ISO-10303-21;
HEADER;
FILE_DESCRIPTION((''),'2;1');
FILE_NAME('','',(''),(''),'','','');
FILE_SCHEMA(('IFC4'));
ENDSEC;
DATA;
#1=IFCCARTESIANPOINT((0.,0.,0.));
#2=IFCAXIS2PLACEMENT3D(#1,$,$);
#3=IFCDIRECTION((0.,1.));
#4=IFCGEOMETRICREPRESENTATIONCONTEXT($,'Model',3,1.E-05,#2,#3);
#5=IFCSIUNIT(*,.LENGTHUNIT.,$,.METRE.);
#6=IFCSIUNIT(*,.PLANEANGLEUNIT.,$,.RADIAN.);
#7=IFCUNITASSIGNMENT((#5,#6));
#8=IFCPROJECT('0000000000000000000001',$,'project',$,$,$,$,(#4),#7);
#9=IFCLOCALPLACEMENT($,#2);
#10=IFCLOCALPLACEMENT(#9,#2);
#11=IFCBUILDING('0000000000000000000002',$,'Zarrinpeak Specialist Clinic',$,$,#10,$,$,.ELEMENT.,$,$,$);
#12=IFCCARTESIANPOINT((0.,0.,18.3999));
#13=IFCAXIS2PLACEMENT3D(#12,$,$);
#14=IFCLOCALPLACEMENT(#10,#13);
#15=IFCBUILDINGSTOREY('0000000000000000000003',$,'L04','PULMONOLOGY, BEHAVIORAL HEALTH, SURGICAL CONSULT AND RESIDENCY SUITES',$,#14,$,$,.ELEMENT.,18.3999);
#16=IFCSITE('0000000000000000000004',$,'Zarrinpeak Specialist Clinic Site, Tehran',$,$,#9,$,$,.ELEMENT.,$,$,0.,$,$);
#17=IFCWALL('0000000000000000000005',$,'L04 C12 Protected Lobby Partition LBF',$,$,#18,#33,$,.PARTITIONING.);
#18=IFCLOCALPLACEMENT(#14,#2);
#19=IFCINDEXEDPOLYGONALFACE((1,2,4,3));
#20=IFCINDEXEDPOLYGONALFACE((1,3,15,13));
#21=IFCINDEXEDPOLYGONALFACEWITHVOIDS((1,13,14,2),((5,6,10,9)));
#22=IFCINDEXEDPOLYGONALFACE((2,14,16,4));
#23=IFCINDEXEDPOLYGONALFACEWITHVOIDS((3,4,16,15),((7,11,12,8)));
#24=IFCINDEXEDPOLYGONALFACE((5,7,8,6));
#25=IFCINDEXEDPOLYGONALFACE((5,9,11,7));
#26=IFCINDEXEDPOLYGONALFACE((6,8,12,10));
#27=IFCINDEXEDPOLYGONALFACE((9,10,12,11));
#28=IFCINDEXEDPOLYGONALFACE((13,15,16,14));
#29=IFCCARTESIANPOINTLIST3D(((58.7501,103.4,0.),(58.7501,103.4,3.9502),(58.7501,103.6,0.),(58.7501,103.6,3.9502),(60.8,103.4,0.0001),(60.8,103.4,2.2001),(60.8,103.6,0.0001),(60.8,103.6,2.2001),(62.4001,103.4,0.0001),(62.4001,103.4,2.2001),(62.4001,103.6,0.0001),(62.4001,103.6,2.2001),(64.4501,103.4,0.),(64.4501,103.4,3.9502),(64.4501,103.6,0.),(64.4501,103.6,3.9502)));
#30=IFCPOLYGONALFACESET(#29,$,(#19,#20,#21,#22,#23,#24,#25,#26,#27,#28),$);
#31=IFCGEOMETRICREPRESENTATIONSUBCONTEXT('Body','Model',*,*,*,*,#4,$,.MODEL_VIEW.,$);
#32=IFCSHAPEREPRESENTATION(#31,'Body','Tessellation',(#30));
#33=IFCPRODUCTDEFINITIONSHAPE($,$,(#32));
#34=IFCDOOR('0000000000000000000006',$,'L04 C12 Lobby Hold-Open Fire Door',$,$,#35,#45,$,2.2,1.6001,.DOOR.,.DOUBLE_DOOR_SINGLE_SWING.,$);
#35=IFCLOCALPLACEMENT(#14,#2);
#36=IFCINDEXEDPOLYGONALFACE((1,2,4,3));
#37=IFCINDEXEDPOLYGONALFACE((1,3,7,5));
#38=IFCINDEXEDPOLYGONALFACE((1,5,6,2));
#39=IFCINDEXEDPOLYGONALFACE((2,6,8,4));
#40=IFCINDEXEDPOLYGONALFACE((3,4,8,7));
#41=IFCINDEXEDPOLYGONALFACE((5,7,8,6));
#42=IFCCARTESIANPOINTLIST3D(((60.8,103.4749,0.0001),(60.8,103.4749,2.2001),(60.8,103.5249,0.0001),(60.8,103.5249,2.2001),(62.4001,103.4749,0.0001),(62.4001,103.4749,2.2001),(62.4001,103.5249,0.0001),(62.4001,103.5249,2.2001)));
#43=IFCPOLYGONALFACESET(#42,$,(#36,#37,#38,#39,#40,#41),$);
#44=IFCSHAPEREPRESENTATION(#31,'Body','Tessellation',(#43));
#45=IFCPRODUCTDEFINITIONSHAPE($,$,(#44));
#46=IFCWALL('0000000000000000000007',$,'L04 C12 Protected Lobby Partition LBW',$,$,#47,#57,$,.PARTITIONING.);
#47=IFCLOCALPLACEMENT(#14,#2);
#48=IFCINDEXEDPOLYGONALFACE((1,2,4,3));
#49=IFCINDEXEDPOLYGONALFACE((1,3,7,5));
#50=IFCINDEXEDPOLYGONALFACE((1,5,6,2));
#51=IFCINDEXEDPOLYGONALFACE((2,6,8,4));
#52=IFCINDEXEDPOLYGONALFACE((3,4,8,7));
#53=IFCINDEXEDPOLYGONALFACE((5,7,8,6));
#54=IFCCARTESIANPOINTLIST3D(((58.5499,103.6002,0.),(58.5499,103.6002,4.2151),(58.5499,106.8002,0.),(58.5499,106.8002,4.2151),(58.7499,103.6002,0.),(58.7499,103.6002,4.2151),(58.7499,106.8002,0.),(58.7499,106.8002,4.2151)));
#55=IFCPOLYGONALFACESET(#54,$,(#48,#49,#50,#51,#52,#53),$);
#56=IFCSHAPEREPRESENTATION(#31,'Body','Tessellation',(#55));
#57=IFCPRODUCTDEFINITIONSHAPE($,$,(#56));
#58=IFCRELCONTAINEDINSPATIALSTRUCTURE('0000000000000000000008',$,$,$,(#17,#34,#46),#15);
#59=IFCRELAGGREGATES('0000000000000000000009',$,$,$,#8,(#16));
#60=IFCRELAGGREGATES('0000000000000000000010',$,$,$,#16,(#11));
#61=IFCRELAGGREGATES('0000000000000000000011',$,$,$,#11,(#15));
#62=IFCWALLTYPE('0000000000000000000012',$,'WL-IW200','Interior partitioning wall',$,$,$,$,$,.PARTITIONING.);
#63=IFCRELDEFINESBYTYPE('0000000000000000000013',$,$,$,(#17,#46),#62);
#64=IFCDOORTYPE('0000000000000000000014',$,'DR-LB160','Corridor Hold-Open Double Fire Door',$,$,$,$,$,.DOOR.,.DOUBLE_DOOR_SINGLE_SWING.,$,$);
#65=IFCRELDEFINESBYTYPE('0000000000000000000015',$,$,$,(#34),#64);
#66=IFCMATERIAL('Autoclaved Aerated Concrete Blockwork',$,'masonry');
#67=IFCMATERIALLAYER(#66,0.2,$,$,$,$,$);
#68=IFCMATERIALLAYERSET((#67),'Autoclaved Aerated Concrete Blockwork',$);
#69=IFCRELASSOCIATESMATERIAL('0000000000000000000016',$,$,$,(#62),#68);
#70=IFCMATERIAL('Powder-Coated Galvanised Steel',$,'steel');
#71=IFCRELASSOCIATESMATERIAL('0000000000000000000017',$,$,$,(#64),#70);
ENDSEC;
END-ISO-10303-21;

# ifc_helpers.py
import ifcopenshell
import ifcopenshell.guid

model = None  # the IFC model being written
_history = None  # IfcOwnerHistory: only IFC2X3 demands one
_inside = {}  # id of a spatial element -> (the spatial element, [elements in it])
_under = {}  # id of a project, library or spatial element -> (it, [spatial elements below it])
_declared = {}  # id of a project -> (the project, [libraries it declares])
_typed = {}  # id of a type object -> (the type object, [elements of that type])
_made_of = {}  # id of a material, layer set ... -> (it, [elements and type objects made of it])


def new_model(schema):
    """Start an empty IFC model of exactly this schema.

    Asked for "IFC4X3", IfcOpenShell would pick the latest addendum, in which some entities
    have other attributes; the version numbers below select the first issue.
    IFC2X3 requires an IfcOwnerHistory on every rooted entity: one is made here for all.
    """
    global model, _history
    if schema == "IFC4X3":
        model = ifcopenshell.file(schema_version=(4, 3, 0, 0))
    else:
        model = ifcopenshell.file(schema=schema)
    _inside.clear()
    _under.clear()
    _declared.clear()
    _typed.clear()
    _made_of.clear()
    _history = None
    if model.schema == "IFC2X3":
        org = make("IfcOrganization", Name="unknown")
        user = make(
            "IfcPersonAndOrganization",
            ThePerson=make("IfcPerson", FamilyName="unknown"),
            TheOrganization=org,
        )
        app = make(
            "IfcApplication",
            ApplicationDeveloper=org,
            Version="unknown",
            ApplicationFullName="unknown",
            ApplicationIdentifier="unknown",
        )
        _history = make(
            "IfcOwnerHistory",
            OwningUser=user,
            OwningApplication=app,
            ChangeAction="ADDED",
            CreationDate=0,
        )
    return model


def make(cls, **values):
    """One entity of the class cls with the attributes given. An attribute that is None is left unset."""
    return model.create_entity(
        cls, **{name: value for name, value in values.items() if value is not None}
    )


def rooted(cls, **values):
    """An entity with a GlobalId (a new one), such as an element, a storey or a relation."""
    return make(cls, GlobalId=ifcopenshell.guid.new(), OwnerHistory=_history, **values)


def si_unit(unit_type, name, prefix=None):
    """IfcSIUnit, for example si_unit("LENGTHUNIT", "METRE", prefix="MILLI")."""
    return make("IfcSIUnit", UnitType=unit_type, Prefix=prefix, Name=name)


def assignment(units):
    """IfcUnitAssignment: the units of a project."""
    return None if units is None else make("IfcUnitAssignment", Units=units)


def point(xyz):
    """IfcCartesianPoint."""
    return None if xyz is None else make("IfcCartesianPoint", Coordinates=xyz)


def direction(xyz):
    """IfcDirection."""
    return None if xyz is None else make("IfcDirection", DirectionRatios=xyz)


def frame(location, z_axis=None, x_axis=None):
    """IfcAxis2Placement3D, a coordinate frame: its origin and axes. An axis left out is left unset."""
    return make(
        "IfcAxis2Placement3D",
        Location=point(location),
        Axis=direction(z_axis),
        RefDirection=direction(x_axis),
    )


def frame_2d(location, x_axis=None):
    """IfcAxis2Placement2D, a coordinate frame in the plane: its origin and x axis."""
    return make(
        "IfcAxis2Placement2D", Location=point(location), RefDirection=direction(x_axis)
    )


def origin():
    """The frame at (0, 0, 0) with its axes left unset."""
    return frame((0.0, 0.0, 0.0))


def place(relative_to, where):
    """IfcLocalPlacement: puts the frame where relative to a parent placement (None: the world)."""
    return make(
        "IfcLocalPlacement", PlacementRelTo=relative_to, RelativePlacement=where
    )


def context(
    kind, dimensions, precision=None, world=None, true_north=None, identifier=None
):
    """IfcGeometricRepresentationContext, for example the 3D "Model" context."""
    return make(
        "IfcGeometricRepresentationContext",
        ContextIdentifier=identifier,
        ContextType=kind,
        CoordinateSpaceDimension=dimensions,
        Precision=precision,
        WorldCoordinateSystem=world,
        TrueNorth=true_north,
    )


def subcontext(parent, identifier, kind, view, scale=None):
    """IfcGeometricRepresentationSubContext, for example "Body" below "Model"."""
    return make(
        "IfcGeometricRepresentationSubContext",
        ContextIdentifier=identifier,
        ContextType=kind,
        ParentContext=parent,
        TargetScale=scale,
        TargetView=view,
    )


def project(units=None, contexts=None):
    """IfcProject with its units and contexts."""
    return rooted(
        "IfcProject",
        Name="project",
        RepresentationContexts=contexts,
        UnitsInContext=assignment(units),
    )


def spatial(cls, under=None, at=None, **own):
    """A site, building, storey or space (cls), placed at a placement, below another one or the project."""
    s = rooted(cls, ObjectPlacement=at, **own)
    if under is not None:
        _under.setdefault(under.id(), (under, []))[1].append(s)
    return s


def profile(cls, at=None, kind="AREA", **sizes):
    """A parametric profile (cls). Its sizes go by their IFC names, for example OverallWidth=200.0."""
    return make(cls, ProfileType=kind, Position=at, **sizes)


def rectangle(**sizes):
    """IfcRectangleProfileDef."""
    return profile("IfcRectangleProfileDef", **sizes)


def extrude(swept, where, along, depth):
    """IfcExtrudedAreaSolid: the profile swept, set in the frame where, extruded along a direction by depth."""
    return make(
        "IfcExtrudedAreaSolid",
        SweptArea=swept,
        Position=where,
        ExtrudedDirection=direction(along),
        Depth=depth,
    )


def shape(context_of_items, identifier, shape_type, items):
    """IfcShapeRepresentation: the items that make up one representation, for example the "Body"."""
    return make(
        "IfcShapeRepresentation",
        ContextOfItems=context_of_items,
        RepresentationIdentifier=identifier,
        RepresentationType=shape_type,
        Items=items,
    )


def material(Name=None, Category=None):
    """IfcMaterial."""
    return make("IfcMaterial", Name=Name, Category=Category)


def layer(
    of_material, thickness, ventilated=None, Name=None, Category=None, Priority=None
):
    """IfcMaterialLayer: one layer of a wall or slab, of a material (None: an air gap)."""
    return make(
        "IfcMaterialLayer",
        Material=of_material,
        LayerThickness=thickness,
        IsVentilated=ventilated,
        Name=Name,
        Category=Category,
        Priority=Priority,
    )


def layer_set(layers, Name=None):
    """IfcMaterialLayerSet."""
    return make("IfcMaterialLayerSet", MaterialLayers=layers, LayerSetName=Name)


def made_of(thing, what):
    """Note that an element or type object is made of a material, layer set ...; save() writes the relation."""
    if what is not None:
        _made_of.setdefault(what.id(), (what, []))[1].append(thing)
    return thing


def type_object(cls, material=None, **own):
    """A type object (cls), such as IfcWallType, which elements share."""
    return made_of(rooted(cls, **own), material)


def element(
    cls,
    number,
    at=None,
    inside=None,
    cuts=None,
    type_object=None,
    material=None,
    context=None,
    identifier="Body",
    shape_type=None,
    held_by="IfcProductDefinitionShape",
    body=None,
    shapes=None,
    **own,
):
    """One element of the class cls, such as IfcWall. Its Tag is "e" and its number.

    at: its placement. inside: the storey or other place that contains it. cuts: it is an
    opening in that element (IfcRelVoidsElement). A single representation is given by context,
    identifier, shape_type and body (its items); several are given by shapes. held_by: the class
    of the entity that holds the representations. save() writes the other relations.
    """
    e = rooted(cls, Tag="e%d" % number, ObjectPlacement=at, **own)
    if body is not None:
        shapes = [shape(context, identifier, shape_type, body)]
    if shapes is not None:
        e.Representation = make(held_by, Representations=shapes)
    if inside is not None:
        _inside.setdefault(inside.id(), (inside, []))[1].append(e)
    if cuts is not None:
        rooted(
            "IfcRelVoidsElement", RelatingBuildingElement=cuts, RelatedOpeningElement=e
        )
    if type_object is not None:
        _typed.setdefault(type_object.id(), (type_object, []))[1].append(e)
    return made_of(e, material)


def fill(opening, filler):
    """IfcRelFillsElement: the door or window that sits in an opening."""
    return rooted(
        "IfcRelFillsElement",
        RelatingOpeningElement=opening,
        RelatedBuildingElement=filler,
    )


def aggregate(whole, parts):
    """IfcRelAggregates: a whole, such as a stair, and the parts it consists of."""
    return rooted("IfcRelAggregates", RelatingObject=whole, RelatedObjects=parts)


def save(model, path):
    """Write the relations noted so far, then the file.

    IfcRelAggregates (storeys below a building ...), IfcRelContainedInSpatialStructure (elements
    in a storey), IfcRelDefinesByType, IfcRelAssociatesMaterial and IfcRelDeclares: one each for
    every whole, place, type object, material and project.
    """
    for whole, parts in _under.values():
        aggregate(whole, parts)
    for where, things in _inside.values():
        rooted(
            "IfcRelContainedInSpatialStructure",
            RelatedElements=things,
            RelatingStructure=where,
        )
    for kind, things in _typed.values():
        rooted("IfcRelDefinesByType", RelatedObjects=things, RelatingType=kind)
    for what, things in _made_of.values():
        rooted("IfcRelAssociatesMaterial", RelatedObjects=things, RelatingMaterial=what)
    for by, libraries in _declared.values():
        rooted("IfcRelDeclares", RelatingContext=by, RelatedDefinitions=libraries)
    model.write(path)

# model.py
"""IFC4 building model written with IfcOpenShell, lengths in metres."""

from ifc_helpers import new_model, si_unit, direction, frame, frame_2d, origin, place, context, subcontext, project, spatial, rectangle, extrude, material, layer, layer_set, type_object, element, fill, save


model = new_model("IFC4")

# Units and contexts
model_context = context("Model", 3, precision=1e-05, world=origin(), true_north=direction((0.0, 1.0)))
body_context = subcontext(model_context, "Body", "Model", "MODEL_VIEW")
ifc_project = project(units=[si_unit("LENGTHUNIT", "METRE"), si_unit("PLANEANGLEUNIT", "RADIAN")], contexts=[model_context])

# Site, building, storey
site_placement = place(None, origin())
site = spatial("IfcSite", under=ifc_project, at=site_placement, Name="Zarrinpeak Specialist Clinic Site, Tehran", CompositionType="ELEMENT", RefElevation=0.0)
building_placement = place(site_placement, origin())
building = spatial("IfcBuilding", under=site, at=building_placement, Name="Zarrinpeak Specialist Clinic", CompositionType="ELEMENT")
storey_placement = place(building_placement, frame((0.0, 0.0, 18.3999)))
storey = spatial("IfcBuildingStorey", under=building, at=storey_placement, Name="L04", Description="PULMONOLOGY, BEHAVIORAL HEALTH, SURGICAL CONSULT AND RESIDENCY SUITES", CompositionType="ELEMENT", Elevation=18.3999)

# Shared definitions
ifc_material_1 = material(Name="Powder-Coated Galvanised Steel", Category="steel")

# Wall, opening, door
ifc_material_2 = material(Name="Autoclaved Aerated Concrete Blockwork", Category="masonry")
ifc_layer_1 = layer(ifc_material_2, 0.2)
ifc_layer_set_1 = layer_set([ifc_layer_1], Name="Autoclaved Aerated Concrete Blockwork")
wall_type_1 = type_object("IfcWallType", Name="WL-IW200", Description="Interior partitioning wall", PredefinedType="PARTITIONING", material=ifc_layer_set_1)
wall_1_placement = place(storey_placement, frame((58.75, 103.5, 0.0), z_axis=(0.0, 0.0, 1.0), x_axis=(1.0, 0.0, 0.0)))
wall_1 = element("IfcWall", 1, at=wall_1_placement, inside=storey, type_object=wall_type_1, Name="L04 C12 Protected Lobby Partition LBF", PredefinedType="PARTITIONING", context=body_context, shape_type="SweptSolid", body=[
    extrude(rectangle(XDim=5.7, YDim=0.2, at=frame_2d((2.8501, 0.0))), origin(), (0.0, 0.0, 1.0), 3.9502),
])
opening_1_placement = place(wall_1_placement, frame((2.05, 0.0, 0.0)))
opening_1 = element("IfcOpeningElement", 2, at=opening_1_placement, cuts=wall_1, PredefinedType="OPENING", context=body_context, shape_type="SweptSolid", body=[
    extrude(rectangle(XDim=1.6001, YDim=2.2, at=frame_2d((0.8, 1.1001))), frame((0.0, 0.1099, 0.0), z_axis=(0.0, -1.0, 0.0), x_axis=(1.0, 0.0, 0.0)), (0.0, 0.0, 1.0), 0.22),
])
door_type_1 = type_object("IfcDoorType", Name="DR-LB160", Description="Corridor Hold-Open Double Fire Door", OperationType="DOUBLE_DOOR_SINGLE_SWING", PredefinedType="DOOR", material=ifc_material_1)
door_1_placement = place(opening_1_placement, origin())
door_1 = element("IfcDoor", 3, at=door_1_placement, inside=storey, type_object=door_type_1, Name="L04 C12 Lobby Hold-Open Fire Door", OperationType="DOUBLE_DOOR_SINGLE_SWING", OverallHeight=2.2, OverallWidth=1.6001, PredefinedType="DOOR", context=body_context, shape_type="SweptSolid", body=[
    extrude(rectangle(XDim=1.6001, YDim=2.2, at=frame_2d((0.8, 1.1001))), frame((0.0, 0.0249, 0.0), z_axis=(0.0, -1.0, 0.0), x_axis=(1.0, 0.0, 0.0)), (0.0, 0.0, 1.0), 0.05),
])
fill(opening_1, door_1)

# Wall
wall_2_placement = place(storey_placement, frame((58.6499, 103.6001, 0.0), z_axis=(0.0, 0.0, 1.0), x_axis=(0.0, 1.0, 0.0)))
element("IfcWall", 4, at=wall_2_placement, inside=storey, type_object=wall_type_1, Name="L04 C12 Protected Lobby Partition LBW", PredefinedType="PARTITIONING", context=body_context, shape_type="SweptSolid", body=[
    extrude(rectangle(XDim=3.2, YDim=0.2, at=frame_2d((1.6001, 0.0))), origin(), (0.0, 0.0, 1.0), 4.2151),
])

save(model, "model.ifc")
